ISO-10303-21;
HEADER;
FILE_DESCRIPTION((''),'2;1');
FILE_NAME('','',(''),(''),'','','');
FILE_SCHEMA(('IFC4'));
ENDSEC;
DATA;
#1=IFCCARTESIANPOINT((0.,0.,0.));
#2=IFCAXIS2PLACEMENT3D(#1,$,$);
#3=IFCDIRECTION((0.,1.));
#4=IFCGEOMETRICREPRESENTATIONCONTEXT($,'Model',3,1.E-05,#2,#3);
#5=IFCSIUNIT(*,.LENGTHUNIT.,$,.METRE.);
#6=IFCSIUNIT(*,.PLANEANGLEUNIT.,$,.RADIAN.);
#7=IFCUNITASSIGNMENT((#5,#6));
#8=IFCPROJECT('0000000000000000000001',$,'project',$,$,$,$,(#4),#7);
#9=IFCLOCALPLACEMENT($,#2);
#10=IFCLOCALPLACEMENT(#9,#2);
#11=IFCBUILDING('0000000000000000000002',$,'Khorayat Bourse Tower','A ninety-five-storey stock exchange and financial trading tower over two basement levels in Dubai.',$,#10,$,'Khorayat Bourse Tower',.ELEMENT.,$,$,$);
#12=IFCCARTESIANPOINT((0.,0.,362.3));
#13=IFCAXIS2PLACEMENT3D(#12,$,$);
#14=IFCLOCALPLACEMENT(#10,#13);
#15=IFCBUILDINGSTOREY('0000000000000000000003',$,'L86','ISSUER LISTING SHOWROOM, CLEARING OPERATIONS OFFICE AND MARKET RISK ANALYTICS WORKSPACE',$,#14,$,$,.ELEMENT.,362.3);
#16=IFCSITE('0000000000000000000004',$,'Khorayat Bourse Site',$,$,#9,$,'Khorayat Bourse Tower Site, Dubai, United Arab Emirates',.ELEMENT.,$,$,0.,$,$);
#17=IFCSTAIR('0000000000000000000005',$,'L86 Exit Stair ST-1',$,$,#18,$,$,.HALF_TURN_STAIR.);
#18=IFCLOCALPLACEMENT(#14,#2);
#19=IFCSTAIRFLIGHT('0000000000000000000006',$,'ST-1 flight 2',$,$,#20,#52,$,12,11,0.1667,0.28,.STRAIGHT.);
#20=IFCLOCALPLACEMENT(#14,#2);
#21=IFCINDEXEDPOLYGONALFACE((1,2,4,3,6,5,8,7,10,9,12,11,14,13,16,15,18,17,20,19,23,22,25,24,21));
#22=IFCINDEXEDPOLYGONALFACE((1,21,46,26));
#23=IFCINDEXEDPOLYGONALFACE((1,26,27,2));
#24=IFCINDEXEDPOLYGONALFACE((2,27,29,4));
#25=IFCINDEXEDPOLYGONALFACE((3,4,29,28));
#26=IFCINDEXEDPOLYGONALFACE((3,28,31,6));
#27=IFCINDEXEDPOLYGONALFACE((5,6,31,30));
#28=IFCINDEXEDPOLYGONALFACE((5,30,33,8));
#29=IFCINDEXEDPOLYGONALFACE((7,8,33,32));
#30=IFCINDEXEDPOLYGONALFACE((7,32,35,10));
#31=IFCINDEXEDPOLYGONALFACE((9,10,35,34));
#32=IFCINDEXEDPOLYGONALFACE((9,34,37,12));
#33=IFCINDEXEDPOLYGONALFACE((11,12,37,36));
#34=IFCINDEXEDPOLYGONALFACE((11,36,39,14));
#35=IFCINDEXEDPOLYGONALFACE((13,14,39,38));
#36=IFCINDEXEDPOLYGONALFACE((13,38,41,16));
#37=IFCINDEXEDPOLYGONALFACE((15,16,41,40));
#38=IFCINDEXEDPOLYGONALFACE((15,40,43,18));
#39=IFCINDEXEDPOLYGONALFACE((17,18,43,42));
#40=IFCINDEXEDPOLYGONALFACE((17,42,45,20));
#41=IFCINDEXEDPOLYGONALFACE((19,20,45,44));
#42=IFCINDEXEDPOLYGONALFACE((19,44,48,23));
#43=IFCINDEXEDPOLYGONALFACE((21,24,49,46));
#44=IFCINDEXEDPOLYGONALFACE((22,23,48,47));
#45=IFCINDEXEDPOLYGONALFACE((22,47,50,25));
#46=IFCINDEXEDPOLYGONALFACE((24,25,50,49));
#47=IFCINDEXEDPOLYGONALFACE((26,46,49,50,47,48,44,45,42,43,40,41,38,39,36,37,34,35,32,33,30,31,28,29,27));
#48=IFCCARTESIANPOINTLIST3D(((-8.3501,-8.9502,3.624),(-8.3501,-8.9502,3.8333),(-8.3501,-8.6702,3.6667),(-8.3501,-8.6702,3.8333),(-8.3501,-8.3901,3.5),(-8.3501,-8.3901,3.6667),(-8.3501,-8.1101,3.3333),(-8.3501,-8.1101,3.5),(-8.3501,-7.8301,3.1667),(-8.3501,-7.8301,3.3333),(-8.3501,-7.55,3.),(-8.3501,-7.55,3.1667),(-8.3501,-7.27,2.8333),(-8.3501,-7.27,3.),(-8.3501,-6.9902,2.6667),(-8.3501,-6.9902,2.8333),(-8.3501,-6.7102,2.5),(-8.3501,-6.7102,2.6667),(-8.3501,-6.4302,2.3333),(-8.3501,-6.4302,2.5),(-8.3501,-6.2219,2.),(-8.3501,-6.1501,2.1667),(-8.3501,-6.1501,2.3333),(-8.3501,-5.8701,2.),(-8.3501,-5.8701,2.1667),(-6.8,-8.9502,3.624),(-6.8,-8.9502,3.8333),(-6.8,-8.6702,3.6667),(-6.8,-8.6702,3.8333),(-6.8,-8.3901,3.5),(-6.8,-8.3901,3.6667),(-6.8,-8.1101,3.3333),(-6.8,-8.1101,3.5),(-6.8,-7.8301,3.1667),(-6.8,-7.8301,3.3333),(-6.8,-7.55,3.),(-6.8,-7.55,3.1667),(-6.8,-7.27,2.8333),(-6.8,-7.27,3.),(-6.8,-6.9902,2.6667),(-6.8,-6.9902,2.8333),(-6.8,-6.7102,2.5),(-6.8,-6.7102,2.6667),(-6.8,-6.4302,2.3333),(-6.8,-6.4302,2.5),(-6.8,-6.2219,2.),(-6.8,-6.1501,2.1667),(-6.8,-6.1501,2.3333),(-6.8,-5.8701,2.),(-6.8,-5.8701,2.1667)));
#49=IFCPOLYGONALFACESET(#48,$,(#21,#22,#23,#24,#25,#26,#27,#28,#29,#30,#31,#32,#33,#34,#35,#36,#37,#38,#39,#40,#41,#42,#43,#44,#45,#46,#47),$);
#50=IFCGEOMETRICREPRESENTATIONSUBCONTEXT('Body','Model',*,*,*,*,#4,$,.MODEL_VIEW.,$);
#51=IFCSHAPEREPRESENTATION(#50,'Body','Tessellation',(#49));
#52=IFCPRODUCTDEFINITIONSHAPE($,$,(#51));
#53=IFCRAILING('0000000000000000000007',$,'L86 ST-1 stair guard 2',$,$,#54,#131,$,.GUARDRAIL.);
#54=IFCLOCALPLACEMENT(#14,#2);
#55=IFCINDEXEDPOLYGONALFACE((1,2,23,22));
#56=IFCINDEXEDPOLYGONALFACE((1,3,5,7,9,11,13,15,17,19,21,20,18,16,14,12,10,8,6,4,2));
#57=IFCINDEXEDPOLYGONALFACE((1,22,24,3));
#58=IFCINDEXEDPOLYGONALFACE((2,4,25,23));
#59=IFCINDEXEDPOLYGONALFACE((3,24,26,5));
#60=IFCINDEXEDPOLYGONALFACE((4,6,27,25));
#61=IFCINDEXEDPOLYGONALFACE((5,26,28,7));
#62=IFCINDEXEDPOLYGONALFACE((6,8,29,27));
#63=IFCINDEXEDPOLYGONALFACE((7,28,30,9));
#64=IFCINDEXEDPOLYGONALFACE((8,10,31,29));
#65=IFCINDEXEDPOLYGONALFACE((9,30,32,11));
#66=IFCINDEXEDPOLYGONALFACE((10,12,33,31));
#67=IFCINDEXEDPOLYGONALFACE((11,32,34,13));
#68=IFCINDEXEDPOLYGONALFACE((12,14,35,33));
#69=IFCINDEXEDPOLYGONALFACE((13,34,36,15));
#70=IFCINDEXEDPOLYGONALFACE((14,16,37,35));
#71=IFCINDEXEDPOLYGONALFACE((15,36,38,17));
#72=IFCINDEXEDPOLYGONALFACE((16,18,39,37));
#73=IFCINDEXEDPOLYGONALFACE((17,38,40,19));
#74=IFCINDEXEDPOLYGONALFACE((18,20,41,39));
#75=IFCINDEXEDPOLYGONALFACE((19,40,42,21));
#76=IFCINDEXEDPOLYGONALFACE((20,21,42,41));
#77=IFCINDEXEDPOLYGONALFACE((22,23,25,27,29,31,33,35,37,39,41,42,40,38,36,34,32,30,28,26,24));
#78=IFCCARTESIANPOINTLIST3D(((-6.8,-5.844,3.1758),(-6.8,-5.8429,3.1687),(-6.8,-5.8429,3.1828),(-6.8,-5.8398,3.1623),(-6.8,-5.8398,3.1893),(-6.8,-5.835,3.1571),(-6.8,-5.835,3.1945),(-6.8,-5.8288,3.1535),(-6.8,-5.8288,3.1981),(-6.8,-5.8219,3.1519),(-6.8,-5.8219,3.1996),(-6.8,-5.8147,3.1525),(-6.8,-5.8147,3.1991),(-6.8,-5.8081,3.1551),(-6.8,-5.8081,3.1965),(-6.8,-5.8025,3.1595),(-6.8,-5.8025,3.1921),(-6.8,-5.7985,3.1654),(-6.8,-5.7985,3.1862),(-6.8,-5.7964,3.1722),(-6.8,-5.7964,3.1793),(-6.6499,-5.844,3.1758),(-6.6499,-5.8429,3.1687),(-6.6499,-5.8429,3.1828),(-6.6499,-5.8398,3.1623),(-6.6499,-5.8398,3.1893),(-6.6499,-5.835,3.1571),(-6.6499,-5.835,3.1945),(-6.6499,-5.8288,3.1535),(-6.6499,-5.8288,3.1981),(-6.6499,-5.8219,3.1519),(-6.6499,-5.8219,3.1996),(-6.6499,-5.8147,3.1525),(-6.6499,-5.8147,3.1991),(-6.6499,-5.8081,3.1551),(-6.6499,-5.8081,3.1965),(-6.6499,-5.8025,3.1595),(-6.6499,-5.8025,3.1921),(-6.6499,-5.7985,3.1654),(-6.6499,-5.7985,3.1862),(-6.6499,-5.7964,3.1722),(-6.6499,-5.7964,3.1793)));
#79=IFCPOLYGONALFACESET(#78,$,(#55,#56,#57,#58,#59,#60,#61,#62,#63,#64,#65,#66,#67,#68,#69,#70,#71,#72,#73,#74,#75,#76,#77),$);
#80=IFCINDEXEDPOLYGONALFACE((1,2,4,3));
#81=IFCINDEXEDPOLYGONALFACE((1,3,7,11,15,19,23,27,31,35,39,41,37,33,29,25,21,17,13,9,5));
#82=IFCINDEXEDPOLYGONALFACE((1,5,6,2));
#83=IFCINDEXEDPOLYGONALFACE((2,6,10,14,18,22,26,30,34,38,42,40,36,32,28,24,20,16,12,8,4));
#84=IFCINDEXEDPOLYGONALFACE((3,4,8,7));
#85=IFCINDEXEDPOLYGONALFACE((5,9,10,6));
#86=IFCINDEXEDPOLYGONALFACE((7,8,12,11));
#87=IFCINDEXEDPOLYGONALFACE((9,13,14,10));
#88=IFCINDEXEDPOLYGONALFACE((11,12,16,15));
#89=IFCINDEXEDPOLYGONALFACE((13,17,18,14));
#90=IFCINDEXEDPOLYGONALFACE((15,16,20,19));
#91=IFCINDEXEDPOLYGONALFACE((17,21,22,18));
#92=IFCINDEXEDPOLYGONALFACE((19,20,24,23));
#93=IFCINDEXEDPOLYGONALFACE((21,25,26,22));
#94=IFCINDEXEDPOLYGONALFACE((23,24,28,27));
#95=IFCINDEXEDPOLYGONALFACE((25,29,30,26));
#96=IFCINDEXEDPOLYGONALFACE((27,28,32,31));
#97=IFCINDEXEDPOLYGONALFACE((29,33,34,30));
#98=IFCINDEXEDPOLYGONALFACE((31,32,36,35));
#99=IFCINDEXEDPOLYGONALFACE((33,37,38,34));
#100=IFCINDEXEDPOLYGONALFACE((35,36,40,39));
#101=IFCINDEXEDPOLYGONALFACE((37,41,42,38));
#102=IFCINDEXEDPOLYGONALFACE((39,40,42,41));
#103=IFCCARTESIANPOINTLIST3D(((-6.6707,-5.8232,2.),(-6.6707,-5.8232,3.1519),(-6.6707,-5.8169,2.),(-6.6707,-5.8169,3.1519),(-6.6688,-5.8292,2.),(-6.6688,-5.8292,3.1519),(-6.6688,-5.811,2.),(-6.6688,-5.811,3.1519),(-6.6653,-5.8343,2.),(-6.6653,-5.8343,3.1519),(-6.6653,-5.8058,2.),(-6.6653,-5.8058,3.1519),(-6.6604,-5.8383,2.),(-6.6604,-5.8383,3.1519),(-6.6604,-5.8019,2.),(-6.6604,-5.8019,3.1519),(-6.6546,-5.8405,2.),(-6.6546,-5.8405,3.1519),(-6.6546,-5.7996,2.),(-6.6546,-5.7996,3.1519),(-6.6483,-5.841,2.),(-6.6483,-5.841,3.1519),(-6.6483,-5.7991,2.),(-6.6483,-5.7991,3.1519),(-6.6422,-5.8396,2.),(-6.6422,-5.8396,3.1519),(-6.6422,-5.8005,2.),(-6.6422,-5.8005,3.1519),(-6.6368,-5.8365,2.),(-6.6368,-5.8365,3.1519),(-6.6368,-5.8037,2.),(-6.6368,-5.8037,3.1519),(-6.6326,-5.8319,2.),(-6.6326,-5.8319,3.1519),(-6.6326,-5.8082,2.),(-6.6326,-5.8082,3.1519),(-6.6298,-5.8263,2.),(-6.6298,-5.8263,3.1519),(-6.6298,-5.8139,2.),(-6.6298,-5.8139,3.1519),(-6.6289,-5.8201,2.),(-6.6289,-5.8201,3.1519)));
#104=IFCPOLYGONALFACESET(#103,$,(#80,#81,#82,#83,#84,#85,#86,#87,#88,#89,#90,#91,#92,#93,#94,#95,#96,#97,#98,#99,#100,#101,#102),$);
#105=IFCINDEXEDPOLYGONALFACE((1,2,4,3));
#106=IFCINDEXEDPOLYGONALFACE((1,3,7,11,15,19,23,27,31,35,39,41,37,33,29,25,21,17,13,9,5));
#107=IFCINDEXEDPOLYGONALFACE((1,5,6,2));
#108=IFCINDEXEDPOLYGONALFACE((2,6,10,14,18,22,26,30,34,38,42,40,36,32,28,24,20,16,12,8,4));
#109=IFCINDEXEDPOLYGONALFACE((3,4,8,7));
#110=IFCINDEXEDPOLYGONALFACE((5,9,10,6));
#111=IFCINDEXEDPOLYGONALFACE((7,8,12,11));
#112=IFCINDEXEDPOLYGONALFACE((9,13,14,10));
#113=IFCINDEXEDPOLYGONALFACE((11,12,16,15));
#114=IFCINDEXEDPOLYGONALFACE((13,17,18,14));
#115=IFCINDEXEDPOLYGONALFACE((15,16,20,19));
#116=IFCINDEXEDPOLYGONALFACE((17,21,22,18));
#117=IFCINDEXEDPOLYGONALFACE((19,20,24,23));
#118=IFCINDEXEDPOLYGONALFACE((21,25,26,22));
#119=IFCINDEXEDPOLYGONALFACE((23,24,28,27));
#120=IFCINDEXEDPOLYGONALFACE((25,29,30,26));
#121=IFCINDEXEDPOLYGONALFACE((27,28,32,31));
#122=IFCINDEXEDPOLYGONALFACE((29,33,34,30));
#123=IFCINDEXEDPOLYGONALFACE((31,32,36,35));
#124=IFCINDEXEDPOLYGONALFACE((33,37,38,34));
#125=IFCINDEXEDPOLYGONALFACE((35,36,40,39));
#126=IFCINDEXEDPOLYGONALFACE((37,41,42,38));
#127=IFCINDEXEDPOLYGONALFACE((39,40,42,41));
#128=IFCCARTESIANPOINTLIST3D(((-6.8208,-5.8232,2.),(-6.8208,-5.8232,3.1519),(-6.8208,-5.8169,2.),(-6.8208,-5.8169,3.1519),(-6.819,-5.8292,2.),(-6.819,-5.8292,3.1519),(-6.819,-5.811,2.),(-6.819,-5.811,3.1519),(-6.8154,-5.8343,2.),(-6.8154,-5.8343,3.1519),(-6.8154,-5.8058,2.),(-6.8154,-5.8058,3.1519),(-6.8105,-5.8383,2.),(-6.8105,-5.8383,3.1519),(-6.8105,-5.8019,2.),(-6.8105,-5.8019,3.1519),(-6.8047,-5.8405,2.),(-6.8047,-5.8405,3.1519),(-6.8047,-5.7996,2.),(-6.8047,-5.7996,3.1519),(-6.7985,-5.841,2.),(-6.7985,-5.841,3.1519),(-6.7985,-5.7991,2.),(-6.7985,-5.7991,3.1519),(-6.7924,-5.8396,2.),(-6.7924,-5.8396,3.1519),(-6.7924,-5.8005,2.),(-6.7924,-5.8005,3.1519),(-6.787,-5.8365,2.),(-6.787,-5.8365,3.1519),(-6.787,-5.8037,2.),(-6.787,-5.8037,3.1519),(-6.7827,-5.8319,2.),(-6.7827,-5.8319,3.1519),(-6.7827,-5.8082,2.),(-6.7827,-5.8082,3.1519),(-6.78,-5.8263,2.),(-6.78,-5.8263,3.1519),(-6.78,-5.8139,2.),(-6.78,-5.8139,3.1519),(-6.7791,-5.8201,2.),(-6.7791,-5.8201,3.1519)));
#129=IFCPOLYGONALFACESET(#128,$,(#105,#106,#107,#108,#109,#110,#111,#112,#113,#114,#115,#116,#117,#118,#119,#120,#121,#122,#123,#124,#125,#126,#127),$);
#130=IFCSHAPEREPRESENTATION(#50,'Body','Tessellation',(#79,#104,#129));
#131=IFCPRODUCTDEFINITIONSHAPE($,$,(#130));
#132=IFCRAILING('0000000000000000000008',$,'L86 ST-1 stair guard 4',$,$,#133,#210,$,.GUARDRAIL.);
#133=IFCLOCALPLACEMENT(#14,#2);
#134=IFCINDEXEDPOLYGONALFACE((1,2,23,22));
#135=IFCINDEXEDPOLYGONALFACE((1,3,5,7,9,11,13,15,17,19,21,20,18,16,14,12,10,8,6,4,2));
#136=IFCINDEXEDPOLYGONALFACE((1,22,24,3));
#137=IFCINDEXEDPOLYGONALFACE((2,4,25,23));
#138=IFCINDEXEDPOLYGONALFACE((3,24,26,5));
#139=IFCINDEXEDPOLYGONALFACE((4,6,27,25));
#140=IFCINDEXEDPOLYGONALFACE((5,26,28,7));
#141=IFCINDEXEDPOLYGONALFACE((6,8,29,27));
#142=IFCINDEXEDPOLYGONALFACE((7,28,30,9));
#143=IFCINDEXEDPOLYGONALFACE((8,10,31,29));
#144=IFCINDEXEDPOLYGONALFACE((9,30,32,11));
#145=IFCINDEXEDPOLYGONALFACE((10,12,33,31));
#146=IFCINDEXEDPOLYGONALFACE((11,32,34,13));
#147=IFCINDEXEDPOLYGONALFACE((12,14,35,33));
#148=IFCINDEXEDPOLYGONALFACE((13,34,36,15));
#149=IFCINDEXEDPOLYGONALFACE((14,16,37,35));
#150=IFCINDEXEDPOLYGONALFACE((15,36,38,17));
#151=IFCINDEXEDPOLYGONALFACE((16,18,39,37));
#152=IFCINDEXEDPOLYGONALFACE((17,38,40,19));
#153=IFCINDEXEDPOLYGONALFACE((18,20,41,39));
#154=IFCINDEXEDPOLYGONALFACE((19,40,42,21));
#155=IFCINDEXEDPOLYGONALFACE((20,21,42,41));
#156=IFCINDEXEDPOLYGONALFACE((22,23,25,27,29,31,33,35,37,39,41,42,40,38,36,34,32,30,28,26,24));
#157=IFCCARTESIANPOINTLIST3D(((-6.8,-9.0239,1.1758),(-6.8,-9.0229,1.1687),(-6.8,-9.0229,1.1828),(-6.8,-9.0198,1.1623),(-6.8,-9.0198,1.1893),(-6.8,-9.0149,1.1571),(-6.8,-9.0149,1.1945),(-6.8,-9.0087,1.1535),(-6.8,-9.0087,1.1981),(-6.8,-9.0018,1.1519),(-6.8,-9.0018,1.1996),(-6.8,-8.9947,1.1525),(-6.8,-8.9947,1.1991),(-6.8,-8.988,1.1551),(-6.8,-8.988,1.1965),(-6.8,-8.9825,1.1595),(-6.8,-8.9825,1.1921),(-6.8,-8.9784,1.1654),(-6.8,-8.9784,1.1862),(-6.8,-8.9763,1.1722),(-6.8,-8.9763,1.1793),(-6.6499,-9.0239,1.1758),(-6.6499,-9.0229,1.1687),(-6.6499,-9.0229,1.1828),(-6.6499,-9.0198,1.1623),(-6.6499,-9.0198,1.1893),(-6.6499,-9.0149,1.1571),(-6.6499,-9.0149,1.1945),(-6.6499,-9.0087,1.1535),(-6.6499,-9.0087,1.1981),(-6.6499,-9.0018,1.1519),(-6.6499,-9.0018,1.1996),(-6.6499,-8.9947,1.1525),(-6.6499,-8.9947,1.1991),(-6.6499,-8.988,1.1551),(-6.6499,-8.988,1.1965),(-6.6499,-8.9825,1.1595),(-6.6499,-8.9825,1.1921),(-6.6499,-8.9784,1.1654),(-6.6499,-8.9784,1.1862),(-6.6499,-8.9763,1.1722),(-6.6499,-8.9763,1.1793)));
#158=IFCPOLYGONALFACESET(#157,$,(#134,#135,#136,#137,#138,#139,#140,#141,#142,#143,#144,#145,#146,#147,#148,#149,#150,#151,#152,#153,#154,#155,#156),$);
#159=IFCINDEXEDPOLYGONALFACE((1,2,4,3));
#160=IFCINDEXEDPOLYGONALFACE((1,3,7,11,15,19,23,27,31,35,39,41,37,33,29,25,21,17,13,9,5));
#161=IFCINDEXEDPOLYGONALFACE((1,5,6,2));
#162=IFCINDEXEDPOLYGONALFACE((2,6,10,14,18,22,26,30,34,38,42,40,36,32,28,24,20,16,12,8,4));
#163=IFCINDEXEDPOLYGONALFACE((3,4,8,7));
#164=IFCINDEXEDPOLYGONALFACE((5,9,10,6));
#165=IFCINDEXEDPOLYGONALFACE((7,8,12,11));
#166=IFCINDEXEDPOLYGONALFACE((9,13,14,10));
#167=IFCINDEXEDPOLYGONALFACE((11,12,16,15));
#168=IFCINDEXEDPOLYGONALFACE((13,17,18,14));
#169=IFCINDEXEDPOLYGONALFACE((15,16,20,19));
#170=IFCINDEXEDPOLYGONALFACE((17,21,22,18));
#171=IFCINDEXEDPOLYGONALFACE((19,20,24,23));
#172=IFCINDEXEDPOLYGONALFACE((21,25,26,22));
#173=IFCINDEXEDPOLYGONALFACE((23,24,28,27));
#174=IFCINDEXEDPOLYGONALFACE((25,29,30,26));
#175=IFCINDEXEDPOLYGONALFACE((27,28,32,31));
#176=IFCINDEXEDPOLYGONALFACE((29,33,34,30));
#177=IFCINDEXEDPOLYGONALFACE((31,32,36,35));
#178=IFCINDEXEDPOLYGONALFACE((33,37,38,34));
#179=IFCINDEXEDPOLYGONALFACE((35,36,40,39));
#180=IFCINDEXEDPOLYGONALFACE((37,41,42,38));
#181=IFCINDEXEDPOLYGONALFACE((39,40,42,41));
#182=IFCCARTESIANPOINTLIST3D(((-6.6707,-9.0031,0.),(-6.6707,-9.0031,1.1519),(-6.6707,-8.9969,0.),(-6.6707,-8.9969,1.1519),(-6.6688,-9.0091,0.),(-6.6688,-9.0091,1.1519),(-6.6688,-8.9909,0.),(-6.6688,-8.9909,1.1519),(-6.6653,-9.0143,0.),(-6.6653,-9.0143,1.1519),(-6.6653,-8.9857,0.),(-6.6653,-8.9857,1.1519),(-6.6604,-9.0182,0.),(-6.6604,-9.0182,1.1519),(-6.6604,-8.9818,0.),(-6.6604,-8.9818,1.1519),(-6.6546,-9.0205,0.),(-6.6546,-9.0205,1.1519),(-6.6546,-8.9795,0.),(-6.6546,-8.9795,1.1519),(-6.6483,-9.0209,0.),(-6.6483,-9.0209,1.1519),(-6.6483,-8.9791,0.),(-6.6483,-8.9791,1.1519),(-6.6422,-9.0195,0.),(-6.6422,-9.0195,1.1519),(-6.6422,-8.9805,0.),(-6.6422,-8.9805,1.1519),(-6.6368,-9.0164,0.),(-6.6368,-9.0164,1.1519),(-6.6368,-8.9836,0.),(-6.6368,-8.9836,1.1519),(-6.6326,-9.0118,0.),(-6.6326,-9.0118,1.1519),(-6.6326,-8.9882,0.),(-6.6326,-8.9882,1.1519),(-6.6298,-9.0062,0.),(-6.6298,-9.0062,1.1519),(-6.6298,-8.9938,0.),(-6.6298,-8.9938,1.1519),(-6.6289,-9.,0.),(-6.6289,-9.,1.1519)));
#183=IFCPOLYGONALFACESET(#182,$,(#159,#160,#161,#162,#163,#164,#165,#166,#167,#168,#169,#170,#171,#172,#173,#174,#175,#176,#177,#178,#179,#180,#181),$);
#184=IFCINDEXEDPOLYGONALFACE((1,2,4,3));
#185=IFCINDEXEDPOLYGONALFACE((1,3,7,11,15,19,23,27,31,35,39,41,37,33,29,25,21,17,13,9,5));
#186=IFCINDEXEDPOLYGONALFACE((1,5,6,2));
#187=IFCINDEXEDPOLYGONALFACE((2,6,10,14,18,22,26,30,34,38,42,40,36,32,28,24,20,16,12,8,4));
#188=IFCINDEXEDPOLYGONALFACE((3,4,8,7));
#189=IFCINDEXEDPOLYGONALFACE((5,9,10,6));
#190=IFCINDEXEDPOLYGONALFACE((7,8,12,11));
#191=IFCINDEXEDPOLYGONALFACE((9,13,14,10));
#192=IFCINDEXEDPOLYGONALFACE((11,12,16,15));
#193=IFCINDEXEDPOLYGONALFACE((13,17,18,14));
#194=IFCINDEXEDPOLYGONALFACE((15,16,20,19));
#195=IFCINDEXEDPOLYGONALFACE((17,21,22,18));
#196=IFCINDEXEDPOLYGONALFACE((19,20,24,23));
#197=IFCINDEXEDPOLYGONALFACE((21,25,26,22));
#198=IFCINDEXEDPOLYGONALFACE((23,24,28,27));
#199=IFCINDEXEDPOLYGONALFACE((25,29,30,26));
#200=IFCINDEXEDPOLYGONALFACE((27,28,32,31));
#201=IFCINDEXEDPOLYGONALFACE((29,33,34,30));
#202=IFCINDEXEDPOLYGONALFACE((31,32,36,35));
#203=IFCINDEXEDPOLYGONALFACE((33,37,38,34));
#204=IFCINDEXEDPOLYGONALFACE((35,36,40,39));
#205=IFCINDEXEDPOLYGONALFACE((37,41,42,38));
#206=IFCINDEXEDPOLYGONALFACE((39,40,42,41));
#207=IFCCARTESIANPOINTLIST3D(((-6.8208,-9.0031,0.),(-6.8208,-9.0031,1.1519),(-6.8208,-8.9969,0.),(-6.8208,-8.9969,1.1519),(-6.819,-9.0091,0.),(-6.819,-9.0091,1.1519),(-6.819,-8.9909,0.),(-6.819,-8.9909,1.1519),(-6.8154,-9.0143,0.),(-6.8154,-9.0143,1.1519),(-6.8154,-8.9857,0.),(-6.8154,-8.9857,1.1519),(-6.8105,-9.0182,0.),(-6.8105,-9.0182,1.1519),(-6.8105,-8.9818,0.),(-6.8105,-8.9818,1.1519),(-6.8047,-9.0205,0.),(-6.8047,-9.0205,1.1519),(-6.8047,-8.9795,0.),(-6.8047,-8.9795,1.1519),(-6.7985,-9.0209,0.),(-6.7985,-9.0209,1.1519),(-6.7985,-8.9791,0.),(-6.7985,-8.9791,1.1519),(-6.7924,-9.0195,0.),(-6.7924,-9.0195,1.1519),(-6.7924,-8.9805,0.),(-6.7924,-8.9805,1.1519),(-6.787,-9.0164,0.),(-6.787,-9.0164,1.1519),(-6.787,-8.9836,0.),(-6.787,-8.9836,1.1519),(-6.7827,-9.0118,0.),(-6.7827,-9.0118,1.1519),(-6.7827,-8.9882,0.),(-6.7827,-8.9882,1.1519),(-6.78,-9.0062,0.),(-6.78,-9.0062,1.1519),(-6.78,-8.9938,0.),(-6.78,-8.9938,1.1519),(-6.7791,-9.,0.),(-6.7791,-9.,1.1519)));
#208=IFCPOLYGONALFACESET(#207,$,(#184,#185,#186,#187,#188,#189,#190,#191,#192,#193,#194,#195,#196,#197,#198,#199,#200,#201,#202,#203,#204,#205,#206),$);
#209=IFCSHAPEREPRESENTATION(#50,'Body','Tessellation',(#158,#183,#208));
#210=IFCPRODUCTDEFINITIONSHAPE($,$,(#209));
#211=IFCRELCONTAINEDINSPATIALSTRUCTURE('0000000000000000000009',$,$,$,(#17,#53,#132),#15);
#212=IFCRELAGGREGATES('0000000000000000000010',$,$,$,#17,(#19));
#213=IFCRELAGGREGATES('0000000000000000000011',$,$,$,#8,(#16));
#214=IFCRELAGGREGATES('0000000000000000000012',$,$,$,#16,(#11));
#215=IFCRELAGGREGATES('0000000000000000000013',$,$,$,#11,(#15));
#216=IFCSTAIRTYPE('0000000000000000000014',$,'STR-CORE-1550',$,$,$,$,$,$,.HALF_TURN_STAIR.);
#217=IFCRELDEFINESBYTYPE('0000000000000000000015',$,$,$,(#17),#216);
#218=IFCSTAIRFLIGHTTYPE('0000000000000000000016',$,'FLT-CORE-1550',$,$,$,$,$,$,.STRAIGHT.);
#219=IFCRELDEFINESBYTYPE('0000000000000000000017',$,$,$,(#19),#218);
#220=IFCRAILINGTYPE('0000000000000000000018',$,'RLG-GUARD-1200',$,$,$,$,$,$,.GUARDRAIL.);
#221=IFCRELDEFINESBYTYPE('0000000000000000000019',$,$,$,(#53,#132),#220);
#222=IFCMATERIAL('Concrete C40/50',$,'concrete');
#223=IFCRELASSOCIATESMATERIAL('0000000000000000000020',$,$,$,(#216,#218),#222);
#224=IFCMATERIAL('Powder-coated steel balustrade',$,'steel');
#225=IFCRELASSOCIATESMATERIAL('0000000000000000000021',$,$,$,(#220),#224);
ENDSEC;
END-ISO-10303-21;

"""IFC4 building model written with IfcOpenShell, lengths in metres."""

from ifc_helpers import new_model, si_unit, direction, frame, origin, origin_2d, place, context, subcontext, project, spatial, polyline, circle, outline, extrude, source, transform, mapped, material, type_object, element, aggregate, save


model = new_model("IFC4")

# Units and contexts
model_context = context("Model", 3, precision=1e-05, world=origin(), true_north=direction((0.0, 1.0)))
body_context = subcontext(model_context, "Body", "Model", "MODEL_VIEW")
ifc_project = project(units=[si_unit("LENGTHUNIT", "METRE"), si_unit("PLANEANGLEUNIT", "RADIAN")], contexts=[model_context])

# Site, building, storey
site_placement = place(None, origin())
site = spatial("IfcSite", under=ifc_project, at=site_placement, Name="Khorayat Bourse Site", LongName="Khorayat Bourse Tower Site, Dubai, United Arab Emirates", CompositionType="ELEMENT", RefElevation=0.0)
building_placement = place(site_placement, origin())
building = spatial("IfcBuilding", under=site, at=building_placement, Name="Khorayat Bourse Tower", Description="A ninety-five-storey stock exchange and financial trading tower over two basement levels in Dubai.", LongName="Khorayat Bourse Tower", CompositionType="ELEMENT")
storey_placement = place(building_placement, frame((0.0, 0.0, 362.3)))
storey = spatial("IfcBuildingStorey", under=building, at=storey_placement, Name="L86", Description="ISSUER LISTING SHOWROOM, CLEARING OPERATIONS OFFICE AND MARKET RISK ANALYTICS WORKSPACE", CompositionType="ELEMENT", Elevation=362.3)

# Stair, stair flight
ifc_material_1 = material(Name="Concrete C40/50", Category="concrete")
stair_type = type_object("IfcStairType", Name="STR-CORE-1550", PredefinedType="HALF_TURN_STAIR", material=ifc_material_1)
stair_placement = place(storey_placement, origin())
stair = element("IfcStair", 1, at=stair_placement, inside=storey, type_object=stair_type, Name="L86 Exit Stair ST-1", PredefinedType="HALF_TURN_STAIR")
stair_flight_type = type_object("IfcStairFlightType", Name="FLT-CORE-1550", PredefinedType="STRAIGHT", material=ifc_material_1)
shared_shape_1 = source(origin(), body_context, "Body", "SweptSolid", [
    extrude(outline(polyline([(0.0, 0.0), (0.0, 0.1667), (0.28, 0.1667), (0.28, 0.3333), (0.5601, 0.3333), (0.5601, 0.5), (0.8401, 0.5), (0.8401, 0.6667), (1.1201, 0.6667), (1.1201, 0.8333), (1.3999, 0.8333), (1.3999, 1.0), (1.6799, 1.0), (1.6799, 1.1667), (1.96, 1.1667), (1.96, 1.3333), (2.24, 1.3333), (2.24, 1.5), (2.52, 1.5), (2.52, 1.6667), (2.8, 1.6667), (2.8, 1.8333), (3.0801, 1.8333), (3.0801, 2.0), (3.0801, 1.624), (0.3518, 0.0), (0.0, 0.0)])), frame((0.0, 0.7749, 0.0), z_axis=(0.0, -1.0, 0.0), x_axis=(1.0, 0.0, 0.0)), (0.0, 0.0, 1.0), 1.55),
])
stair_flight_1_placement = place(storey_placement, frame((-7.575, -5.8701, 2.0), z_axis=(0.0, 0.0, 1.0), x_axis=(0.0, -1.0, 0.0)))
stair_flight_1 = element("IfcStairFlight", 2, at=stair_flight_1_placement, type_object=stair_flight_type, Name="ST-1 flight 2", NumberOfRisers=12, NumberOfTreads=11, PredefinedType="STRAIGHT", RiserHeight=0.1667, TreadLength=0.28, context=body_context, shape_type="MappedRepresentation", body=[
    mapped(shared_shape_1, transform((0.0, 0.0, 0.0), scale=1.0)),
])
aggregate(stair, [stair_flight_1])

# Railings
ifc_material_2 = material(Name="Powder-coated steel balustrade", Category="steel")
railing_type_1 = type_object("IfcRailingType", Name="RLG-GUARD-1200", PredefinedType="GUARDRAIL", material=ifc_material_2)
shared_shape_2 = source(origin(), body_context, "Body", "SweptSolid", [
    extrude(circle(Radius=0.0239, at=origin_2d()), frame((0.0, 0.0, 1.1758), z_axis=(-1.0, 0.0, 0.0), x_axis=(0.0, -1.0, 0.0)), (0.0, 0.0, 1.0), 0.1501),
    extrude(circle(Radius=0.021, at=origin_2d()), origin(), (0.0, 0.0, 1.0), 1.1519),
    extrude(circle(Radius=0.021, at=origin_2d()), frame((-0.1501, 0.0, 0.0)), (0.0, 0.0, 1.0), 1.1519),
])
for number, where, name in (
    (3, (-6.6499, -5.8201, 2.0), "L86 ST-1 stair guard 2"),
    (4, (-6.6499, -9.0, 0.0), "L86 ST-1 stair guard 4"),
):
    element("IfcRailing", number, at=place(storey_placement, frame(where)), inside=storey, type_object=railing_type_1, Name=name, PredefinedType="GUARDRAIL", context=body_context, shape_type="MappedRepresentation", body=[
        mapped(shared_shape_2, transform((0.0, 0.0, 0.0), scale=1.0)),
    ])

save(model, "model.ifc")
